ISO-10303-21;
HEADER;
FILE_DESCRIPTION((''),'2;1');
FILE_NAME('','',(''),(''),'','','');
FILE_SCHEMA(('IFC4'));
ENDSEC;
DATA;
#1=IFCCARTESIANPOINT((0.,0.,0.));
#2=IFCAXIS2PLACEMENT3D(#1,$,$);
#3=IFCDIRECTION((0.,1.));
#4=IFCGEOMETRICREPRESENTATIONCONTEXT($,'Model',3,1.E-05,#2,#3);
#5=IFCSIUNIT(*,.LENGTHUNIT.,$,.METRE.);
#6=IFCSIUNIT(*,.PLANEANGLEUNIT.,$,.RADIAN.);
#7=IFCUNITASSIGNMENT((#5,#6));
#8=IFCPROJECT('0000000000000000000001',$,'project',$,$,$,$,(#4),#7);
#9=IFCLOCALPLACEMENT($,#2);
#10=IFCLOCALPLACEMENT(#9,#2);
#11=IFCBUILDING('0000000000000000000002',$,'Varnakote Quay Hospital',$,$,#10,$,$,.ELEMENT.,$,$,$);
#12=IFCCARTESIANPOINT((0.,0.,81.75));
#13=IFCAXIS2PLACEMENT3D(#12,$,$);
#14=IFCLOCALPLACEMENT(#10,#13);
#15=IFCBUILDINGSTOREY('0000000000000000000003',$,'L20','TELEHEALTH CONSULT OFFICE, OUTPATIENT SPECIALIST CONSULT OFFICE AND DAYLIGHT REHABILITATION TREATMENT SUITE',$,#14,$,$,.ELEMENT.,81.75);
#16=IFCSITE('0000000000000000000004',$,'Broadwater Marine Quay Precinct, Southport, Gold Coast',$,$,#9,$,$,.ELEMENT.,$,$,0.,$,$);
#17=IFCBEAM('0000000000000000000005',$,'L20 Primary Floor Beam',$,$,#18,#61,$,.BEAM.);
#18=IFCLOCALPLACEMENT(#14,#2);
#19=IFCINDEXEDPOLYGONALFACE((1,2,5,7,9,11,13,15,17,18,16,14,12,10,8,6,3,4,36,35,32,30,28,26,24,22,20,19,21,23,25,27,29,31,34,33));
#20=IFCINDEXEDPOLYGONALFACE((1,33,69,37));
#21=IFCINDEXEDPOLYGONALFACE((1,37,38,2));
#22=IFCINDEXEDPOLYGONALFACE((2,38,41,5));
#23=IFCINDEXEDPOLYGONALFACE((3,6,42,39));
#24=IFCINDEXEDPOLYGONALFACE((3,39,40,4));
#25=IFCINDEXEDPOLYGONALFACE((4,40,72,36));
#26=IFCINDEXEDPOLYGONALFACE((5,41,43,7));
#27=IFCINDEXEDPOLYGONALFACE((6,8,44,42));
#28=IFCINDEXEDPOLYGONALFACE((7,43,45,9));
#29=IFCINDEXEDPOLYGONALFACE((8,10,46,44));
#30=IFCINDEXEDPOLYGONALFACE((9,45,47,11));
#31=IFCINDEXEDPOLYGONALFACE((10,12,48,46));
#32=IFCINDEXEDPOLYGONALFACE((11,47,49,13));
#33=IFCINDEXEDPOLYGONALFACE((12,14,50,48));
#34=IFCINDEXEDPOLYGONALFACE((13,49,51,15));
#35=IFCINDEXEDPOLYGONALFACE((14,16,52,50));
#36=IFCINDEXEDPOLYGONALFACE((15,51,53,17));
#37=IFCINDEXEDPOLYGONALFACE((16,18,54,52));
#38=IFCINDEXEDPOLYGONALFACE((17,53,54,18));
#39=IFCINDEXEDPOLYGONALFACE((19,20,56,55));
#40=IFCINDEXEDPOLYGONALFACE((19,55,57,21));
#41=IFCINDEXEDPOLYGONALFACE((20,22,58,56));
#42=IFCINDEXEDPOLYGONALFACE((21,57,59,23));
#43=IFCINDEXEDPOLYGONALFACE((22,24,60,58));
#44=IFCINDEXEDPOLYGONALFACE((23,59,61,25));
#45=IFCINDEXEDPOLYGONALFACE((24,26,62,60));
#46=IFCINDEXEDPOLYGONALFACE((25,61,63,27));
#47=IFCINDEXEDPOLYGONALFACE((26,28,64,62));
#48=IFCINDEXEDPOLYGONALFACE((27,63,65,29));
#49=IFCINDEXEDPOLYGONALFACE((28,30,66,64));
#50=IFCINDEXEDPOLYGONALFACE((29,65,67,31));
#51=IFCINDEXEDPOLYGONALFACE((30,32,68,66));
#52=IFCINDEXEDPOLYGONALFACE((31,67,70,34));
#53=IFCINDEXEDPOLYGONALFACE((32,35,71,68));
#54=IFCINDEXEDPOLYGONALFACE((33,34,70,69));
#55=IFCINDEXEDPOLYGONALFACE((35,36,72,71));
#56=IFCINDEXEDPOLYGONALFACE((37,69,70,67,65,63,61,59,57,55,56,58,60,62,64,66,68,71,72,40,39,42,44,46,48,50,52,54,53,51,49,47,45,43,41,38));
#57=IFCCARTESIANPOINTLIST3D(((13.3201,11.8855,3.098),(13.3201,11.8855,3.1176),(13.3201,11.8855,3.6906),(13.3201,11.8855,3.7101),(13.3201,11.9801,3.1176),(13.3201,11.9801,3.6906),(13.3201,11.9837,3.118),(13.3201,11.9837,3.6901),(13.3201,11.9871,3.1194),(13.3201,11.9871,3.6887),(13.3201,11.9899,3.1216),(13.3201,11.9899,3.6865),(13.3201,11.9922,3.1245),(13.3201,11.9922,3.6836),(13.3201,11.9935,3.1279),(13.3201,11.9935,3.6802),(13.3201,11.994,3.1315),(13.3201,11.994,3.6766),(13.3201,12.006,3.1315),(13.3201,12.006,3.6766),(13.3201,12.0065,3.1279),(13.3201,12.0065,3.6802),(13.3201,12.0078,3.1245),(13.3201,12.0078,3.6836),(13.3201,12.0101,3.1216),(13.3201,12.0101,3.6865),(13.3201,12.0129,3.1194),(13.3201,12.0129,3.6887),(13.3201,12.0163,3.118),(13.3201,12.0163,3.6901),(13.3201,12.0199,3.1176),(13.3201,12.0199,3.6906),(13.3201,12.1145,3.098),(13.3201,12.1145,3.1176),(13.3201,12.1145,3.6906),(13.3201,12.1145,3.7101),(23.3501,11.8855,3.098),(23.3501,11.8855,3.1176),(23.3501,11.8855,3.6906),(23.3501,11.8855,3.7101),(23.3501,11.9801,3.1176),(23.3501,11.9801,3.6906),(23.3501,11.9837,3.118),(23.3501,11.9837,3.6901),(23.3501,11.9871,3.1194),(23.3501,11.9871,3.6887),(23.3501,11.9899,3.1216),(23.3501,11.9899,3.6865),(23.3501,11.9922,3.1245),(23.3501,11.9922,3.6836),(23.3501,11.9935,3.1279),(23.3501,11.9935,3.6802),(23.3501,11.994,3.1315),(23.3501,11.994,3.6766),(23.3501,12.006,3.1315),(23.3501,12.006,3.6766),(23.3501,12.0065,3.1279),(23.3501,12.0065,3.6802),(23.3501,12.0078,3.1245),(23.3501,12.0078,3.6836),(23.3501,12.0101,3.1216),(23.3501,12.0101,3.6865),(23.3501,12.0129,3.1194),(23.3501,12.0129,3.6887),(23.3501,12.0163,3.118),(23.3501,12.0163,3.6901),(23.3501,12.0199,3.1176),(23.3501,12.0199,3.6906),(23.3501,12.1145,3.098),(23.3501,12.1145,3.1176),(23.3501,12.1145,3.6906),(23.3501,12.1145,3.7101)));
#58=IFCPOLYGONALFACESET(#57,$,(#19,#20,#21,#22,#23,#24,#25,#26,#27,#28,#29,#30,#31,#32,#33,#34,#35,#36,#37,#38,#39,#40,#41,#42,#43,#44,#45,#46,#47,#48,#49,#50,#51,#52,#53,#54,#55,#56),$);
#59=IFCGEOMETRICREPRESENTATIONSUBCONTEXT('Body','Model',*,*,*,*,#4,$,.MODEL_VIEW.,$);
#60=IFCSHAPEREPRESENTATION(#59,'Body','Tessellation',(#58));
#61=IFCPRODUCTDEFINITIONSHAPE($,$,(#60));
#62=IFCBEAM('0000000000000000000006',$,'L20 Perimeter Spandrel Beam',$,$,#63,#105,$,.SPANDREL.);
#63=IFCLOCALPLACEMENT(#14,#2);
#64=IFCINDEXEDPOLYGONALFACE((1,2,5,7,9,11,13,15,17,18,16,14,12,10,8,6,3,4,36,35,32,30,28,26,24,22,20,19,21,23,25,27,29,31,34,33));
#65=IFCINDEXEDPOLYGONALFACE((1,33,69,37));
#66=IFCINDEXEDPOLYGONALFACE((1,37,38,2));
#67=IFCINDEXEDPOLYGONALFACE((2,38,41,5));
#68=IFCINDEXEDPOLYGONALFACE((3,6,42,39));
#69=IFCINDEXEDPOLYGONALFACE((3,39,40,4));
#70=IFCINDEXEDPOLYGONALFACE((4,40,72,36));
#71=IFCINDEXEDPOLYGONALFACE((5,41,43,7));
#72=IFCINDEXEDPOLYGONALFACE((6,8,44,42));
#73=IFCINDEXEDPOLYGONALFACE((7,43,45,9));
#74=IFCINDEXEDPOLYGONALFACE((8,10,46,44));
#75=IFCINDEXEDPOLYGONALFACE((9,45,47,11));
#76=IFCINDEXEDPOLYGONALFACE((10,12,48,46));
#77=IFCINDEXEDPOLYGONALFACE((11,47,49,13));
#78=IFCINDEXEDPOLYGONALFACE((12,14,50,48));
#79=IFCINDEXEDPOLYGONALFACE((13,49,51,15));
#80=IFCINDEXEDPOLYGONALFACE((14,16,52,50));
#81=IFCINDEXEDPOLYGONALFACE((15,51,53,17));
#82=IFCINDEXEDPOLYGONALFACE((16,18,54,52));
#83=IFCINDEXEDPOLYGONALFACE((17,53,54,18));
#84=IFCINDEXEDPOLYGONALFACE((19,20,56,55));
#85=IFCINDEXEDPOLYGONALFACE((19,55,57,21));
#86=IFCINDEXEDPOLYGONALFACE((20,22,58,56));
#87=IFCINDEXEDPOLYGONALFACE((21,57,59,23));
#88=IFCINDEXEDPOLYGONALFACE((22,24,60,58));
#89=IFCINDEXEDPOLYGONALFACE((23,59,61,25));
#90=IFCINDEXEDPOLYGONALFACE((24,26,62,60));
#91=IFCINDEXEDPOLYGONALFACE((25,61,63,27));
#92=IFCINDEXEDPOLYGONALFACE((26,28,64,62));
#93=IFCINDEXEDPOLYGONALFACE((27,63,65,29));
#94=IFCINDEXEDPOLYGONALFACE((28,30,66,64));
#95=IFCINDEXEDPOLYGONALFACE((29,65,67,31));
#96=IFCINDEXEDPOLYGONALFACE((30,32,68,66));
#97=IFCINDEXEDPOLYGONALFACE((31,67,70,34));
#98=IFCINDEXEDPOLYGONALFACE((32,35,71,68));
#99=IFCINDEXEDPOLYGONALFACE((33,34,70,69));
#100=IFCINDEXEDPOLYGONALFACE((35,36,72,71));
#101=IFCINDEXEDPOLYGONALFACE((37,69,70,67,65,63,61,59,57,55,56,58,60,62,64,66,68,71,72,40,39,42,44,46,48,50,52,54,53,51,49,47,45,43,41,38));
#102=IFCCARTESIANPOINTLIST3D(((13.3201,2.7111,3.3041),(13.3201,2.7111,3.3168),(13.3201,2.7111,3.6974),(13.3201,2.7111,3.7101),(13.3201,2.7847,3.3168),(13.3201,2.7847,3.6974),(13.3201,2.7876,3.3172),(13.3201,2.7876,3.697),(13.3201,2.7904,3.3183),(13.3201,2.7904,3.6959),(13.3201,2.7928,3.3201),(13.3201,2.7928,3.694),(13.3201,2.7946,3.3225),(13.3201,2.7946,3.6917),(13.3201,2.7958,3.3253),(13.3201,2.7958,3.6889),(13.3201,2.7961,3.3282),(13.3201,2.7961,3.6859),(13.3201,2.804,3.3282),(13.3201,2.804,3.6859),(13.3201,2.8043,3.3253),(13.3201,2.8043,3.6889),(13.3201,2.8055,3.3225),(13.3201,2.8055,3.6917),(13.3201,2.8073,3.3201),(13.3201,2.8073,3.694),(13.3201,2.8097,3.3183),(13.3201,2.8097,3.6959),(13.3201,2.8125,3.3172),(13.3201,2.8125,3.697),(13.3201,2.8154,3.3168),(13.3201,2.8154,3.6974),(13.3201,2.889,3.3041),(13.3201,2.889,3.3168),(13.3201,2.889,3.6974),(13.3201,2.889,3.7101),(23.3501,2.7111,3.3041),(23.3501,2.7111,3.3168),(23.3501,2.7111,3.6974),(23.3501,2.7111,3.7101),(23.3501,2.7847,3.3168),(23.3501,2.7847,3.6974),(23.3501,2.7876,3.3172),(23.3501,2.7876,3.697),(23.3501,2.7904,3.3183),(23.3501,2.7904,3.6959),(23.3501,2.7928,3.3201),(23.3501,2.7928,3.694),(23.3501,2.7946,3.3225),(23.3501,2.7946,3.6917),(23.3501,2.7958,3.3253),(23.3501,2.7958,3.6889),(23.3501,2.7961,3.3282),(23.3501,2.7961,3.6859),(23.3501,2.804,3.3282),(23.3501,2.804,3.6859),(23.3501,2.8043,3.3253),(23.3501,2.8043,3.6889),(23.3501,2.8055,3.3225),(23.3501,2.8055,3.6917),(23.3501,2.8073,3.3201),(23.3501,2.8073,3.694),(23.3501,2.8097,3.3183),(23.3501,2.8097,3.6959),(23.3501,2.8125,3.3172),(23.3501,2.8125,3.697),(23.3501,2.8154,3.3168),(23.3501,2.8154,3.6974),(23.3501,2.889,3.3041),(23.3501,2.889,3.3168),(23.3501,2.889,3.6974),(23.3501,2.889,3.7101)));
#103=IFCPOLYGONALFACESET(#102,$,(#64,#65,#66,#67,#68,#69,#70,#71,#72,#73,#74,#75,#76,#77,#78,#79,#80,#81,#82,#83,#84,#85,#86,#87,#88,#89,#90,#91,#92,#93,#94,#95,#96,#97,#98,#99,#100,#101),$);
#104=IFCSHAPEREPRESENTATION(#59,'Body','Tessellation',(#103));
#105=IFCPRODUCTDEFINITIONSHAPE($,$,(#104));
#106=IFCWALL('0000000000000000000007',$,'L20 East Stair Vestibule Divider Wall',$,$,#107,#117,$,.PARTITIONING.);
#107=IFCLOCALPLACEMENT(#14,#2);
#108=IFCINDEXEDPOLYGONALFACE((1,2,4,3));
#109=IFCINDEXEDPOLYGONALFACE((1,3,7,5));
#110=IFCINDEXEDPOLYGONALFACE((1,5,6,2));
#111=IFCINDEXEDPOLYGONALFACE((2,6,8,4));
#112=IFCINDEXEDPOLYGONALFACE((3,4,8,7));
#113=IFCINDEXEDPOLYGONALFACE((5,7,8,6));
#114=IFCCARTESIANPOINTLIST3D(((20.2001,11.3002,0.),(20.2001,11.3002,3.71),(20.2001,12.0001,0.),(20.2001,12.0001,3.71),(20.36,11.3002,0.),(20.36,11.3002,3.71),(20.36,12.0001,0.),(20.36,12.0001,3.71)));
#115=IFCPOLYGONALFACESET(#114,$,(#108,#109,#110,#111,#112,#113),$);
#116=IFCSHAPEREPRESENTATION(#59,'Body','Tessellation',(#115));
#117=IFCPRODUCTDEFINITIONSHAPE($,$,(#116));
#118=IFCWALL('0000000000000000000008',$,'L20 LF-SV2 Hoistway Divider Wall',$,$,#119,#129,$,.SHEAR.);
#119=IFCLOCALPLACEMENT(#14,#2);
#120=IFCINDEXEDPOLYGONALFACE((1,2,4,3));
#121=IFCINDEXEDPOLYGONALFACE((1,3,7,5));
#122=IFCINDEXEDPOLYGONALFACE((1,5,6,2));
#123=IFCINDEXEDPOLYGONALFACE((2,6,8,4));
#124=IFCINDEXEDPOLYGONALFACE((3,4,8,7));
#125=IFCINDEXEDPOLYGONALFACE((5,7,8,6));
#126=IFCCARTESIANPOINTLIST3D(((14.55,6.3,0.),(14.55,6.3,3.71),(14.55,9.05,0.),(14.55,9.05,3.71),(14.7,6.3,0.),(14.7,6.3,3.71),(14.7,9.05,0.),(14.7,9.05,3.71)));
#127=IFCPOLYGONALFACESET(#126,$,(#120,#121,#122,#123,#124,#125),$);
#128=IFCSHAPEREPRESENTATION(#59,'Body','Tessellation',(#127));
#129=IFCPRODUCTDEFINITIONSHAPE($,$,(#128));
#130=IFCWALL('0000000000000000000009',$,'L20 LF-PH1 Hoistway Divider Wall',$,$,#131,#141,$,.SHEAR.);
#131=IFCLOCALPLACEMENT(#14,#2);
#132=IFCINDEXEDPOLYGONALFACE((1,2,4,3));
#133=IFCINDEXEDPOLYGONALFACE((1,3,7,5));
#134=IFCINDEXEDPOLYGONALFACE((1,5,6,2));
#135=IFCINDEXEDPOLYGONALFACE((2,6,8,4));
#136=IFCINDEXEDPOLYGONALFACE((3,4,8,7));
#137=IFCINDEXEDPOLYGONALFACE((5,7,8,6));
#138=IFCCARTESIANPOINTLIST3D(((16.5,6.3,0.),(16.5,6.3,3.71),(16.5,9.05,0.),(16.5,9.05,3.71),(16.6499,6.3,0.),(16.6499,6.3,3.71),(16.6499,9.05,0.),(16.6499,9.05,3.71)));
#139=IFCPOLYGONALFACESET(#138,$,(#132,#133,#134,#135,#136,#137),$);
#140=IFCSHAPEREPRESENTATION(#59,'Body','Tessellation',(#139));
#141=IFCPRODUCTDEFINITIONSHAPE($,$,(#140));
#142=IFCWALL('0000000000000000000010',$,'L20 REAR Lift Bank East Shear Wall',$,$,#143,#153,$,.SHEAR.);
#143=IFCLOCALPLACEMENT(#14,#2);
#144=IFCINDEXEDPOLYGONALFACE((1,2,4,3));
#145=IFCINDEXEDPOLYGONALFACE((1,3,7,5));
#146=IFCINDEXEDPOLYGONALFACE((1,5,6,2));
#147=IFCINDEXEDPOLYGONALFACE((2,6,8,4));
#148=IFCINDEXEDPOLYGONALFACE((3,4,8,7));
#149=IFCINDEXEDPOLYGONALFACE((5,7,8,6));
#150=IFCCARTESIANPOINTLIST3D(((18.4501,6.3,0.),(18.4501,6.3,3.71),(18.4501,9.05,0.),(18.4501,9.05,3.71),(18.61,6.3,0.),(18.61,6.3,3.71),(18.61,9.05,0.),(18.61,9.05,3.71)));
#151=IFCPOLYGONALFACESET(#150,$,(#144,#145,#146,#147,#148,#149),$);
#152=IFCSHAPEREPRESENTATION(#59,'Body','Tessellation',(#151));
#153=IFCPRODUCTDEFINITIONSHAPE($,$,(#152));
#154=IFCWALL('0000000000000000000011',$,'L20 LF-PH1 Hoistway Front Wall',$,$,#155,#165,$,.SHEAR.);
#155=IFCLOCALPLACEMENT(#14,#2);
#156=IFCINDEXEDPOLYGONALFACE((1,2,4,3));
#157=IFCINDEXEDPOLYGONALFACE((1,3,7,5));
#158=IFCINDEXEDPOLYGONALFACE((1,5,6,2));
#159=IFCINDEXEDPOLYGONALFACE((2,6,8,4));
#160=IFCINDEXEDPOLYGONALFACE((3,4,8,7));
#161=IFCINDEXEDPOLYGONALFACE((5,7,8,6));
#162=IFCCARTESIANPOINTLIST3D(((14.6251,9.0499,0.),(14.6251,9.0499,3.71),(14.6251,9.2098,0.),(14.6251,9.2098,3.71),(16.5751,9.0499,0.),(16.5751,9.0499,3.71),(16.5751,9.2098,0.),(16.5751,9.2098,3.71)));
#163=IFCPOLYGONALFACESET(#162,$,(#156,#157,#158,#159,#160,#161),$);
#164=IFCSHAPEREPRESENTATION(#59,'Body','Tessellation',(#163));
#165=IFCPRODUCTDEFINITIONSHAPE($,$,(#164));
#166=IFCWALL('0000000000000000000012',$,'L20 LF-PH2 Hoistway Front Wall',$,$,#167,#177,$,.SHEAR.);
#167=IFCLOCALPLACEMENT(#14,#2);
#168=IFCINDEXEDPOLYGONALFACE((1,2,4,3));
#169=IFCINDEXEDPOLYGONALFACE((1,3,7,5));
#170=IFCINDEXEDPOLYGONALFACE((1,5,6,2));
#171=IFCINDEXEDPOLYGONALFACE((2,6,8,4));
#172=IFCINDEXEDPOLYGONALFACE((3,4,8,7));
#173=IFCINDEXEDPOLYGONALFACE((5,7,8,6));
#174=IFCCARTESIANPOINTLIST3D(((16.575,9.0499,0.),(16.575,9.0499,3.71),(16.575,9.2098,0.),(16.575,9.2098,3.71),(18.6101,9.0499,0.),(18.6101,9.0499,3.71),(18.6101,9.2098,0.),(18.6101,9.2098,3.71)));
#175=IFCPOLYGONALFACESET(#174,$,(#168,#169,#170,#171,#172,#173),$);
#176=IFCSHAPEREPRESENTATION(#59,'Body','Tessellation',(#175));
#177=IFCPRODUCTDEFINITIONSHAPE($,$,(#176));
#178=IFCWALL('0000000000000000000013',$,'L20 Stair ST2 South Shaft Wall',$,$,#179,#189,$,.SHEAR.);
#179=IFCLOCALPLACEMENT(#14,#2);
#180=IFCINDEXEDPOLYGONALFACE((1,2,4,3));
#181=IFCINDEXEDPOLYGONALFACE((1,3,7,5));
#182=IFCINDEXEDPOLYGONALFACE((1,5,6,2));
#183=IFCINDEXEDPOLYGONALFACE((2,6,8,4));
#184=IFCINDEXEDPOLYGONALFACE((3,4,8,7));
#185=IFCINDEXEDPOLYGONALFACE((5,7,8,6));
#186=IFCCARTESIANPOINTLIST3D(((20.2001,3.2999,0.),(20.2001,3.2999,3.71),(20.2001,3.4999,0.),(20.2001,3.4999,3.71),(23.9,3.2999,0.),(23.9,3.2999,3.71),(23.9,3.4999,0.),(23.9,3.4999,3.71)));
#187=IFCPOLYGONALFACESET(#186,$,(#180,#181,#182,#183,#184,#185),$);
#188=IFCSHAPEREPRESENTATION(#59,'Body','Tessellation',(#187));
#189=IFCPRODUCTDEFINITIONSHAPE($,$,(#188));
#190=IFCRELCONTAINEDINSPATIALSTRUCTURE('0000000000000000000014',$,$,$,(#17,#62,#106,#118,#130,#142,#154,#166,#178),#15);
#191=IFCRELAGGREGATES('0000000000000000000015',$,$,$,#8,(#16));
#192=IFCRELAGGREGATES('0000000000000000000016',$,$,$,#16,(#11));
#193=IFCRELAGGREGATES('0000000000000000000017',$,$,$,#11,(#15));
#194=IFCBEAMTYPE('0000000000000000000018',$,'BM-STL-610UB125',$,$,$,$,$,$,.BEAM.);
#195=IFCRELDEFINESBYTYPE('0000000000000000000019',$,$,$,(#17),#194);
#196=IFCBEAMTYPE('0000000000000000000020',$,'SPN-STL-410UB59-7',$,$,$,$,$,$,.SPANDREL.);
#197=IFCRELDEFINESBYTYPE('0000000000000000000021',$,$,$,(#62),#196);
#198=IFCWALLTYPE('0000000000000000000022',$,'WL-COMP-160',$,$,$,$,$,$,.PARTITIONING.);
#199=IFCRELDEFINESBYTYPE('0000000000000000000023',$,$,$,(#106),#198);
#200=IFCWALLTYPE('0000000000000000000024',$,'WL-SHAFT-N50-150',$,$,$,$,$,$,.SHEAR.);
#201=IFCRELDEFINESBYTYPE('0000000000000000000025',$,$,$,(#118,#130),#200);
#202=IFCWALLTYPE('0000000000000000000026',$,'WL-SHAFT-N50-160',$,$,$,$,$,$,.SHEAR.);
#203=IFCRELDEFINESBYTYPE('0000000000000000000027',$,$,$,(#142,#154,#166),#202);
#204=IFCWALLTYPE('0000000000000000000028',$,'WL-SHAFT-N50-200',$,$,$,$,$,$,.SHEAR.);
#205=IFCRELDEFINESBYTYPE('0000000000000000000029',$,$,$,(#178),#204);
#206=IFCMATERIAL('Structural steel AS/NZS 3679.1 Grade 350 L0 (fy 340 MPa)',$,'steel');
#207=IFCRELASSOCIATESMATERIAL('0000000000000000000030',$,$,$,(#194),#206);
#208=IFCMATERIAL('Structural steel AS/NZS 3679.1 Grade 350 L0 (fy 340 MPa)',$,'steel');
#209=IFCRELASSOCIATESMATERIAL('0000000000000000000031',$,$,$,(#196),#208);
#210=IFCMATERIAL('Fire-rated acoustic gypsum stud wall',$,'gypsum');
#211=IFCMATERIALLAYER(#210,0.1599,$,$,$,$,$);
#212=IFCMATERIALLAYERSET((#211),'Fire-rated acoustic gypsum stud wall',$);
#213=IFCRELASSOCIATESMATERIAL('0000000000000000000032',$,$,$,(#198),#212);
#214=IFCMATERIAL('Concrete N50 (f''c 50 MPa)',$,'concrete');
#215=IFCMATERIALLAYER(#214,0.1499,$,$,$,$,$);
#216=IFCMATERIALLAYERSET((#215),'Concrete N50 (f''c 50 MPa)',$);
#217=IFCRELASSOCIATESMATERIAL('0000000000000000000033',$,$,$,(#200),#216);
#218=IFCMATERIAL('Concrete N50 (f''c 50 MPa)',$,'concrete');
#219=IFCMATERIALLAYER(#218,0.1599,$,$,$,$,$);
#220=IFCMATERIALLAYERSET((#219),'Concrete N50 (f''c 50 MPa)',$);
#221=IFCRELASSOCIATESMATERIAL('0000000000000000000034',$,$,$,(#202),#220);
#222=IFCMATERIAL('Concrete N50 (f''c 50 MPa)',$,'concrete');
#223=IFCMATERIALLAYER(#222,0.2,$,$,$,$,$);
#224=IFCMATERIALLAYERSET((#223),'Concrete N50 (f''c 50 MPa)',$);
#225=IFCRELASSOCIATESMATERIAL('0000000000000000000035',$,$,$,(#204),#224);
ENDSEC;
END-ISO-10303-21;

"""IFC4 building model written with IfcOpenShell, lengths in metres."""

from ifc_helpers import new_model, si_unit, direction, frame, frame_2d, origin, origin_2d, place, context, subcontext, project, spatial, rectangle, i_section, extrude, material, layer, layer_set, material_profile, profile_set, type_object, element, save


model = new_model("IFC4")

# Units and contexts
model_context = context("Model", 3, precision=1e-05, world=origin(), true_north=direction((0.0, 1.0)))
body_context = subcontext(model_context, "Body", "Model", "MODEL_VIEW")
ifc_project = project(units=[si_unit("LENGTHUNIT", "METRE"), si_unit("PLANEANGLEUNIT", "RADIAN")], contexts=[model_context])

# Site, building, storey
site_placement = place(None, origin())
site = spatial("IfcSite", under=ifc_project, at=site_placement, Name="Broadwater Marine Quay Precinct, Southport, Gold Coast", CompositionType="ELEMENT", RefElevation=0.0)
building_placement = place(site_placement, origin())
building = spatial("IfcBuilding", under=site, at=building_placement, Name="Varnakote Quay Hospital", CompositionType="ELEMENT")
storey_placement = place(building_placement, frame((0.0, 0.0, 81.75)))
storey = spatial("IfcBuildingStorey", under=building, at=storey_placement, Name="L20", Description="TELEHEALTH CONSULT OFFICE, OUTPATIENT SPECIALIST CONSULT OFFICE AND DAYLIGHT REHABILITATION TREATMENT SUITE", CompositionType="ELEMENT", Elevation=81.75)

# Beams
ifc_material_1 = material(Name="Structural steel AS/NZS 3679.1 Grade 350 L0 (fy 340 MPa)", Category="steel")
ifc_material_profile_1 = material_profile(ifc_material_1, i_section(OverallWidth=0.229, OverallDepth=0.6121, WebThickness=0.012, FlangeThickness=0.0195, FilletRadius=0.0139, at=origin_2d()), Name="610UB125")
ifc_profile_set_1 = profile_set([ifc_material_profile_1], Name="Structural steel AS/NZS 3679.1 Grade 350 L0 (fy 340 MPa)")
beam_type_1 = type_object("IfcBeamType", Name="BM-STL-610UB125", PredefinedType="BEAM", material=ifc_profile_set_1)
beam_1_placement = place(storey_placement, frame((13.3201, 12.0, 3.4041), z_axis=(1.0, 0.0, 0.0), x_axis=(0.0, 1.0, 0.0)))
element("IfcBeam", 1, at=beam_1_placement, inside=storey, type_object=beam_type_1, Name="L20 Primary Floor Beam", PredefinedType="BEAM", context=body_context, shape_type="SweptSolid", body=[
    extrude(i_section(OverallWidth=0.229, OverallDepth=0.6121, WebThickness=0.012, FlangeThickness=0.0195, FilletRadius=0.0139, at=origin_2d()), origin(), (0.0, 0.0, 1.0), 10.03),
])
ifc_material_2 = material(Name="Structural steel AS/NZS 3679.1 Grade 350 L0 (fy 340 MPa)", Category="steel")
ifc_material_profile_2 = material_profile(ifc_material_2, i_section(OverallWidth=0.178, OverallDepth=0.406, WebThickness=0.0078, FlangeThickness=0.0127, FilletRadius=0.0115, at=origin_2d()), Name="410UB59.7")
ifc_profile_set_2 = profile_set([ifc_material_profile_2], Name="Structural steel AS/NZS 3679.1 Grade 350 L0 (fy 340 MPa)")
beam_type_2 = type_object("IfcBeamType", Name="SPN-STL-410UB59-7", PredefinedType="SPANDREL", material=ifc_profile_set_2)
beam_2_placement = place(storey_placement, frame((13.3201, 2.8, 3.5071), z_axis=(1.0, 0.0, 0.0), x_axis=(0.0, 1.0, 0.0)))
element("IfcBeam", 2, at=beam_2_placement, inside=storey, type_object=beam_type_2, Name="L20 Perimeter Spandrel Beam", PredefinedType="SPANDREL", context=body_context, shape_type="SweptSolid", body=[
    extrude(i_section(OverallWidth=0.178, OverallDepth=0.406, WebThickness=0.0078, FlangeThickness=0.0127, FilletRadius=0.0115, at=origin_2d()), origin(), (0.0, 0.0, 1.0), 10.03),
])

# Walls
ifc_material_3 = material(Name="Fire-rated acoustic gypsum stud wall", Category="gypsum")
ifc_layer_1 = layer(ifc_material_3, 0.1599)
ifc_layer_set_1 = layer_set([ifc_layer_1], Name="Fire-rated acoustic gypsum stud wall")
wall_type_1 = type_object("IfcWallType", Name="WL-COMP-160", PredefinedType="PARTITIONING", material=ifc_layer_set_1)
wall_1_placement = place(storey_placement, frame((20.28, 11.3, 0.0), z_axis=(0.0, 0.0, 1.0), x_axis=(0.0, 1.0, 0.0)))
element("IfcWall", 3, at=wall_1_placement, inside=storey, type_object=wall_type_1, Name="L20 East Stair Vestibule Divider Wall", PredefinedType="PARTITIONING", context=body_context, shape_type="SweptSolid", body=[
    extrude(rectangle(XDim=0.7, YDim=0.1599, at=frame_2d((0.3501, 0.0))), origin(), (0.0, 0.0, 1.0), 3.71),
])
ifc_material_4 = material(Name="Concrete N50 (f'c 50 MPa)", Category="concrete")
ifc_layer_2 = layer(ifc_material_4, 0.1499)
ifc_layer_set_2 = layer_set([ifc_layer_2], Name="Concrete N50 (f'c 50 MPa)")
wall_type_2 = type_object("IfcWallType", Name="WL-SHAFT-N50-150", PredefinedType="SHEAR", material=ifc_layer_set_2)
for number, where, z_axis, x_axis, name in (
    (4, (14.625, 6.3, 0.0), (0.0, 0.0, 1.0), (0.0, 1.0, 0.0), "L20 LF-SV2 Hoistway Divider Wall"),
    (5, (16.575, 6.3, 0.0), (0.0, 0.0, 1.0), (0.0, 1.0, 0.0), "L20 LF-PH1 Hoistway Divider Wall"),
):
    element("IfcWall", number, at=place(storey_placement, frame(where, z_axis=z_axis, x_axis=x_axis)), inside=storey, type_object=wall_type_2, Name=name, PredefinedType="SHEAR", context=body_context, shape_type="SweptSolid", body=[
        extrude(rectangle(XDim=2.75, YDim=0.1499, at=frame_2d((1.375, 0.0))), origin(), (0.0, 0.0, 1.0), 3.71),
    ])
ifc_material_5 = material(Name="Concrete N50 (f'c 50 MPa)", Category="concrete")
ifc_layer_3 = layer(ifc_material_5, 0.1599)
ifc_layer_set_3 = layer_set([ifc_layer_3], Name="Concrete N50 (f'c 50 MPa)")
wall_type_3 = type_object("IfcWallType", Name="WL-SHAFT-N50-160", PredefinedType="SHEAR", material=ifc_layer_set_3)
wall_2_placement = place(storey_placement, frame((18.53, 6.3, 0.0), z_axis=(0.0, 0.0, 1.0), x_axis=(0.0, 1.0, 0.0)))
element("IfcWall", 6, at=wall_2_placement, inside=storey, type_object=wall_type_3, Name="L20 REAR Lift Bank East Shear Wall", PredefinedType="SHEAR", context=body_context, shape_type="SweptSolid", body=[
    extrude(rectangle(XDim=2.75, YDim=0.1599, at=frame_2d((1.375, 0.0))), origin(), (0.0, 0.0, 1.0), 3.71),
])
wall_3_placement = place(storey_placement, frame((14.625, 9.1299, 0.0), z_axis=(0.0, 0.0, 1.0), x_axis=(1.0, 0.0, 0.0)))
element("IfcWall", 7, at=wall_3_placement, inside=storey, type_object=wall_type_3, Name="L20 LF-PH1 Hoistway Front Wall", PredefinedType="SHEAR", context=body_context, shape_type="SweptSolid", body=[
    extrude(rectangle(XDim=1.95, YDim=0.1599, at=frame_2d((0.9751, 0.0))), origin(), (0.0, 0.0, 1.0), 3.71),
])
wall_4_placement = place(storey_placement, frame((16.575, 9.1299, 0.0), z_axis=(0.0, 0.0, 1.0), x_axis=(1.0, 0.0, 0.0)))
element("IfcWall", 8, at=wall_4_placement, inside=storey, type_object=wall_type_3, Name="L20 LF-PH2 Hoistway Front Wall", PredefinedType="SHEAR", context=body_context, shape_type="SweptSolid", body=[
    extrude(rectangle(XDim=2.0352, YDim=0.1599, at=frame_2d((1.0176, 0.0))), origin(), (0.0, 0.0, 1.0), 3.71),
])
ifc_material_6 = material(Name="Concrete N50 (f'c 50 MPa)", Category="concrete")
ifc_layer_4 = layer(ifc_material_6, 0.2)
ifc_layer_set_4 = layer_set([ifc_layer_4], Name="Concrete N50 (f'c 50 MPa)")
wall_type_4 = type_object("IfcWallType", Name="WL-SHAFT-N50-200", PredefinedType="SHEAR", material=ifc_layer_set_4)
wall_5_placement = place(storey_placement, frame((20.2, 3.3999, 0.0), z_axis=(0.0, 0.0, 1.0), x_axis=(1.0, 0.0, 0.0)))
element("IfcWall", 9, at=wall_5_placement, inside=storey, type_object=wall_type_4, Name="L20 Stair ST2 South Shaft Wall", PredefinedType="SHEAR", context=body_context, shape_type="SweptSolid", body=[
    extrude(rectangle(XDim=3.7, YDim=0.2, at=frame_2d((1.8501, 0.0))), origin(), (0.0, 0.0, 1.0), 3.71),
])

save(model, "model.ifc")
